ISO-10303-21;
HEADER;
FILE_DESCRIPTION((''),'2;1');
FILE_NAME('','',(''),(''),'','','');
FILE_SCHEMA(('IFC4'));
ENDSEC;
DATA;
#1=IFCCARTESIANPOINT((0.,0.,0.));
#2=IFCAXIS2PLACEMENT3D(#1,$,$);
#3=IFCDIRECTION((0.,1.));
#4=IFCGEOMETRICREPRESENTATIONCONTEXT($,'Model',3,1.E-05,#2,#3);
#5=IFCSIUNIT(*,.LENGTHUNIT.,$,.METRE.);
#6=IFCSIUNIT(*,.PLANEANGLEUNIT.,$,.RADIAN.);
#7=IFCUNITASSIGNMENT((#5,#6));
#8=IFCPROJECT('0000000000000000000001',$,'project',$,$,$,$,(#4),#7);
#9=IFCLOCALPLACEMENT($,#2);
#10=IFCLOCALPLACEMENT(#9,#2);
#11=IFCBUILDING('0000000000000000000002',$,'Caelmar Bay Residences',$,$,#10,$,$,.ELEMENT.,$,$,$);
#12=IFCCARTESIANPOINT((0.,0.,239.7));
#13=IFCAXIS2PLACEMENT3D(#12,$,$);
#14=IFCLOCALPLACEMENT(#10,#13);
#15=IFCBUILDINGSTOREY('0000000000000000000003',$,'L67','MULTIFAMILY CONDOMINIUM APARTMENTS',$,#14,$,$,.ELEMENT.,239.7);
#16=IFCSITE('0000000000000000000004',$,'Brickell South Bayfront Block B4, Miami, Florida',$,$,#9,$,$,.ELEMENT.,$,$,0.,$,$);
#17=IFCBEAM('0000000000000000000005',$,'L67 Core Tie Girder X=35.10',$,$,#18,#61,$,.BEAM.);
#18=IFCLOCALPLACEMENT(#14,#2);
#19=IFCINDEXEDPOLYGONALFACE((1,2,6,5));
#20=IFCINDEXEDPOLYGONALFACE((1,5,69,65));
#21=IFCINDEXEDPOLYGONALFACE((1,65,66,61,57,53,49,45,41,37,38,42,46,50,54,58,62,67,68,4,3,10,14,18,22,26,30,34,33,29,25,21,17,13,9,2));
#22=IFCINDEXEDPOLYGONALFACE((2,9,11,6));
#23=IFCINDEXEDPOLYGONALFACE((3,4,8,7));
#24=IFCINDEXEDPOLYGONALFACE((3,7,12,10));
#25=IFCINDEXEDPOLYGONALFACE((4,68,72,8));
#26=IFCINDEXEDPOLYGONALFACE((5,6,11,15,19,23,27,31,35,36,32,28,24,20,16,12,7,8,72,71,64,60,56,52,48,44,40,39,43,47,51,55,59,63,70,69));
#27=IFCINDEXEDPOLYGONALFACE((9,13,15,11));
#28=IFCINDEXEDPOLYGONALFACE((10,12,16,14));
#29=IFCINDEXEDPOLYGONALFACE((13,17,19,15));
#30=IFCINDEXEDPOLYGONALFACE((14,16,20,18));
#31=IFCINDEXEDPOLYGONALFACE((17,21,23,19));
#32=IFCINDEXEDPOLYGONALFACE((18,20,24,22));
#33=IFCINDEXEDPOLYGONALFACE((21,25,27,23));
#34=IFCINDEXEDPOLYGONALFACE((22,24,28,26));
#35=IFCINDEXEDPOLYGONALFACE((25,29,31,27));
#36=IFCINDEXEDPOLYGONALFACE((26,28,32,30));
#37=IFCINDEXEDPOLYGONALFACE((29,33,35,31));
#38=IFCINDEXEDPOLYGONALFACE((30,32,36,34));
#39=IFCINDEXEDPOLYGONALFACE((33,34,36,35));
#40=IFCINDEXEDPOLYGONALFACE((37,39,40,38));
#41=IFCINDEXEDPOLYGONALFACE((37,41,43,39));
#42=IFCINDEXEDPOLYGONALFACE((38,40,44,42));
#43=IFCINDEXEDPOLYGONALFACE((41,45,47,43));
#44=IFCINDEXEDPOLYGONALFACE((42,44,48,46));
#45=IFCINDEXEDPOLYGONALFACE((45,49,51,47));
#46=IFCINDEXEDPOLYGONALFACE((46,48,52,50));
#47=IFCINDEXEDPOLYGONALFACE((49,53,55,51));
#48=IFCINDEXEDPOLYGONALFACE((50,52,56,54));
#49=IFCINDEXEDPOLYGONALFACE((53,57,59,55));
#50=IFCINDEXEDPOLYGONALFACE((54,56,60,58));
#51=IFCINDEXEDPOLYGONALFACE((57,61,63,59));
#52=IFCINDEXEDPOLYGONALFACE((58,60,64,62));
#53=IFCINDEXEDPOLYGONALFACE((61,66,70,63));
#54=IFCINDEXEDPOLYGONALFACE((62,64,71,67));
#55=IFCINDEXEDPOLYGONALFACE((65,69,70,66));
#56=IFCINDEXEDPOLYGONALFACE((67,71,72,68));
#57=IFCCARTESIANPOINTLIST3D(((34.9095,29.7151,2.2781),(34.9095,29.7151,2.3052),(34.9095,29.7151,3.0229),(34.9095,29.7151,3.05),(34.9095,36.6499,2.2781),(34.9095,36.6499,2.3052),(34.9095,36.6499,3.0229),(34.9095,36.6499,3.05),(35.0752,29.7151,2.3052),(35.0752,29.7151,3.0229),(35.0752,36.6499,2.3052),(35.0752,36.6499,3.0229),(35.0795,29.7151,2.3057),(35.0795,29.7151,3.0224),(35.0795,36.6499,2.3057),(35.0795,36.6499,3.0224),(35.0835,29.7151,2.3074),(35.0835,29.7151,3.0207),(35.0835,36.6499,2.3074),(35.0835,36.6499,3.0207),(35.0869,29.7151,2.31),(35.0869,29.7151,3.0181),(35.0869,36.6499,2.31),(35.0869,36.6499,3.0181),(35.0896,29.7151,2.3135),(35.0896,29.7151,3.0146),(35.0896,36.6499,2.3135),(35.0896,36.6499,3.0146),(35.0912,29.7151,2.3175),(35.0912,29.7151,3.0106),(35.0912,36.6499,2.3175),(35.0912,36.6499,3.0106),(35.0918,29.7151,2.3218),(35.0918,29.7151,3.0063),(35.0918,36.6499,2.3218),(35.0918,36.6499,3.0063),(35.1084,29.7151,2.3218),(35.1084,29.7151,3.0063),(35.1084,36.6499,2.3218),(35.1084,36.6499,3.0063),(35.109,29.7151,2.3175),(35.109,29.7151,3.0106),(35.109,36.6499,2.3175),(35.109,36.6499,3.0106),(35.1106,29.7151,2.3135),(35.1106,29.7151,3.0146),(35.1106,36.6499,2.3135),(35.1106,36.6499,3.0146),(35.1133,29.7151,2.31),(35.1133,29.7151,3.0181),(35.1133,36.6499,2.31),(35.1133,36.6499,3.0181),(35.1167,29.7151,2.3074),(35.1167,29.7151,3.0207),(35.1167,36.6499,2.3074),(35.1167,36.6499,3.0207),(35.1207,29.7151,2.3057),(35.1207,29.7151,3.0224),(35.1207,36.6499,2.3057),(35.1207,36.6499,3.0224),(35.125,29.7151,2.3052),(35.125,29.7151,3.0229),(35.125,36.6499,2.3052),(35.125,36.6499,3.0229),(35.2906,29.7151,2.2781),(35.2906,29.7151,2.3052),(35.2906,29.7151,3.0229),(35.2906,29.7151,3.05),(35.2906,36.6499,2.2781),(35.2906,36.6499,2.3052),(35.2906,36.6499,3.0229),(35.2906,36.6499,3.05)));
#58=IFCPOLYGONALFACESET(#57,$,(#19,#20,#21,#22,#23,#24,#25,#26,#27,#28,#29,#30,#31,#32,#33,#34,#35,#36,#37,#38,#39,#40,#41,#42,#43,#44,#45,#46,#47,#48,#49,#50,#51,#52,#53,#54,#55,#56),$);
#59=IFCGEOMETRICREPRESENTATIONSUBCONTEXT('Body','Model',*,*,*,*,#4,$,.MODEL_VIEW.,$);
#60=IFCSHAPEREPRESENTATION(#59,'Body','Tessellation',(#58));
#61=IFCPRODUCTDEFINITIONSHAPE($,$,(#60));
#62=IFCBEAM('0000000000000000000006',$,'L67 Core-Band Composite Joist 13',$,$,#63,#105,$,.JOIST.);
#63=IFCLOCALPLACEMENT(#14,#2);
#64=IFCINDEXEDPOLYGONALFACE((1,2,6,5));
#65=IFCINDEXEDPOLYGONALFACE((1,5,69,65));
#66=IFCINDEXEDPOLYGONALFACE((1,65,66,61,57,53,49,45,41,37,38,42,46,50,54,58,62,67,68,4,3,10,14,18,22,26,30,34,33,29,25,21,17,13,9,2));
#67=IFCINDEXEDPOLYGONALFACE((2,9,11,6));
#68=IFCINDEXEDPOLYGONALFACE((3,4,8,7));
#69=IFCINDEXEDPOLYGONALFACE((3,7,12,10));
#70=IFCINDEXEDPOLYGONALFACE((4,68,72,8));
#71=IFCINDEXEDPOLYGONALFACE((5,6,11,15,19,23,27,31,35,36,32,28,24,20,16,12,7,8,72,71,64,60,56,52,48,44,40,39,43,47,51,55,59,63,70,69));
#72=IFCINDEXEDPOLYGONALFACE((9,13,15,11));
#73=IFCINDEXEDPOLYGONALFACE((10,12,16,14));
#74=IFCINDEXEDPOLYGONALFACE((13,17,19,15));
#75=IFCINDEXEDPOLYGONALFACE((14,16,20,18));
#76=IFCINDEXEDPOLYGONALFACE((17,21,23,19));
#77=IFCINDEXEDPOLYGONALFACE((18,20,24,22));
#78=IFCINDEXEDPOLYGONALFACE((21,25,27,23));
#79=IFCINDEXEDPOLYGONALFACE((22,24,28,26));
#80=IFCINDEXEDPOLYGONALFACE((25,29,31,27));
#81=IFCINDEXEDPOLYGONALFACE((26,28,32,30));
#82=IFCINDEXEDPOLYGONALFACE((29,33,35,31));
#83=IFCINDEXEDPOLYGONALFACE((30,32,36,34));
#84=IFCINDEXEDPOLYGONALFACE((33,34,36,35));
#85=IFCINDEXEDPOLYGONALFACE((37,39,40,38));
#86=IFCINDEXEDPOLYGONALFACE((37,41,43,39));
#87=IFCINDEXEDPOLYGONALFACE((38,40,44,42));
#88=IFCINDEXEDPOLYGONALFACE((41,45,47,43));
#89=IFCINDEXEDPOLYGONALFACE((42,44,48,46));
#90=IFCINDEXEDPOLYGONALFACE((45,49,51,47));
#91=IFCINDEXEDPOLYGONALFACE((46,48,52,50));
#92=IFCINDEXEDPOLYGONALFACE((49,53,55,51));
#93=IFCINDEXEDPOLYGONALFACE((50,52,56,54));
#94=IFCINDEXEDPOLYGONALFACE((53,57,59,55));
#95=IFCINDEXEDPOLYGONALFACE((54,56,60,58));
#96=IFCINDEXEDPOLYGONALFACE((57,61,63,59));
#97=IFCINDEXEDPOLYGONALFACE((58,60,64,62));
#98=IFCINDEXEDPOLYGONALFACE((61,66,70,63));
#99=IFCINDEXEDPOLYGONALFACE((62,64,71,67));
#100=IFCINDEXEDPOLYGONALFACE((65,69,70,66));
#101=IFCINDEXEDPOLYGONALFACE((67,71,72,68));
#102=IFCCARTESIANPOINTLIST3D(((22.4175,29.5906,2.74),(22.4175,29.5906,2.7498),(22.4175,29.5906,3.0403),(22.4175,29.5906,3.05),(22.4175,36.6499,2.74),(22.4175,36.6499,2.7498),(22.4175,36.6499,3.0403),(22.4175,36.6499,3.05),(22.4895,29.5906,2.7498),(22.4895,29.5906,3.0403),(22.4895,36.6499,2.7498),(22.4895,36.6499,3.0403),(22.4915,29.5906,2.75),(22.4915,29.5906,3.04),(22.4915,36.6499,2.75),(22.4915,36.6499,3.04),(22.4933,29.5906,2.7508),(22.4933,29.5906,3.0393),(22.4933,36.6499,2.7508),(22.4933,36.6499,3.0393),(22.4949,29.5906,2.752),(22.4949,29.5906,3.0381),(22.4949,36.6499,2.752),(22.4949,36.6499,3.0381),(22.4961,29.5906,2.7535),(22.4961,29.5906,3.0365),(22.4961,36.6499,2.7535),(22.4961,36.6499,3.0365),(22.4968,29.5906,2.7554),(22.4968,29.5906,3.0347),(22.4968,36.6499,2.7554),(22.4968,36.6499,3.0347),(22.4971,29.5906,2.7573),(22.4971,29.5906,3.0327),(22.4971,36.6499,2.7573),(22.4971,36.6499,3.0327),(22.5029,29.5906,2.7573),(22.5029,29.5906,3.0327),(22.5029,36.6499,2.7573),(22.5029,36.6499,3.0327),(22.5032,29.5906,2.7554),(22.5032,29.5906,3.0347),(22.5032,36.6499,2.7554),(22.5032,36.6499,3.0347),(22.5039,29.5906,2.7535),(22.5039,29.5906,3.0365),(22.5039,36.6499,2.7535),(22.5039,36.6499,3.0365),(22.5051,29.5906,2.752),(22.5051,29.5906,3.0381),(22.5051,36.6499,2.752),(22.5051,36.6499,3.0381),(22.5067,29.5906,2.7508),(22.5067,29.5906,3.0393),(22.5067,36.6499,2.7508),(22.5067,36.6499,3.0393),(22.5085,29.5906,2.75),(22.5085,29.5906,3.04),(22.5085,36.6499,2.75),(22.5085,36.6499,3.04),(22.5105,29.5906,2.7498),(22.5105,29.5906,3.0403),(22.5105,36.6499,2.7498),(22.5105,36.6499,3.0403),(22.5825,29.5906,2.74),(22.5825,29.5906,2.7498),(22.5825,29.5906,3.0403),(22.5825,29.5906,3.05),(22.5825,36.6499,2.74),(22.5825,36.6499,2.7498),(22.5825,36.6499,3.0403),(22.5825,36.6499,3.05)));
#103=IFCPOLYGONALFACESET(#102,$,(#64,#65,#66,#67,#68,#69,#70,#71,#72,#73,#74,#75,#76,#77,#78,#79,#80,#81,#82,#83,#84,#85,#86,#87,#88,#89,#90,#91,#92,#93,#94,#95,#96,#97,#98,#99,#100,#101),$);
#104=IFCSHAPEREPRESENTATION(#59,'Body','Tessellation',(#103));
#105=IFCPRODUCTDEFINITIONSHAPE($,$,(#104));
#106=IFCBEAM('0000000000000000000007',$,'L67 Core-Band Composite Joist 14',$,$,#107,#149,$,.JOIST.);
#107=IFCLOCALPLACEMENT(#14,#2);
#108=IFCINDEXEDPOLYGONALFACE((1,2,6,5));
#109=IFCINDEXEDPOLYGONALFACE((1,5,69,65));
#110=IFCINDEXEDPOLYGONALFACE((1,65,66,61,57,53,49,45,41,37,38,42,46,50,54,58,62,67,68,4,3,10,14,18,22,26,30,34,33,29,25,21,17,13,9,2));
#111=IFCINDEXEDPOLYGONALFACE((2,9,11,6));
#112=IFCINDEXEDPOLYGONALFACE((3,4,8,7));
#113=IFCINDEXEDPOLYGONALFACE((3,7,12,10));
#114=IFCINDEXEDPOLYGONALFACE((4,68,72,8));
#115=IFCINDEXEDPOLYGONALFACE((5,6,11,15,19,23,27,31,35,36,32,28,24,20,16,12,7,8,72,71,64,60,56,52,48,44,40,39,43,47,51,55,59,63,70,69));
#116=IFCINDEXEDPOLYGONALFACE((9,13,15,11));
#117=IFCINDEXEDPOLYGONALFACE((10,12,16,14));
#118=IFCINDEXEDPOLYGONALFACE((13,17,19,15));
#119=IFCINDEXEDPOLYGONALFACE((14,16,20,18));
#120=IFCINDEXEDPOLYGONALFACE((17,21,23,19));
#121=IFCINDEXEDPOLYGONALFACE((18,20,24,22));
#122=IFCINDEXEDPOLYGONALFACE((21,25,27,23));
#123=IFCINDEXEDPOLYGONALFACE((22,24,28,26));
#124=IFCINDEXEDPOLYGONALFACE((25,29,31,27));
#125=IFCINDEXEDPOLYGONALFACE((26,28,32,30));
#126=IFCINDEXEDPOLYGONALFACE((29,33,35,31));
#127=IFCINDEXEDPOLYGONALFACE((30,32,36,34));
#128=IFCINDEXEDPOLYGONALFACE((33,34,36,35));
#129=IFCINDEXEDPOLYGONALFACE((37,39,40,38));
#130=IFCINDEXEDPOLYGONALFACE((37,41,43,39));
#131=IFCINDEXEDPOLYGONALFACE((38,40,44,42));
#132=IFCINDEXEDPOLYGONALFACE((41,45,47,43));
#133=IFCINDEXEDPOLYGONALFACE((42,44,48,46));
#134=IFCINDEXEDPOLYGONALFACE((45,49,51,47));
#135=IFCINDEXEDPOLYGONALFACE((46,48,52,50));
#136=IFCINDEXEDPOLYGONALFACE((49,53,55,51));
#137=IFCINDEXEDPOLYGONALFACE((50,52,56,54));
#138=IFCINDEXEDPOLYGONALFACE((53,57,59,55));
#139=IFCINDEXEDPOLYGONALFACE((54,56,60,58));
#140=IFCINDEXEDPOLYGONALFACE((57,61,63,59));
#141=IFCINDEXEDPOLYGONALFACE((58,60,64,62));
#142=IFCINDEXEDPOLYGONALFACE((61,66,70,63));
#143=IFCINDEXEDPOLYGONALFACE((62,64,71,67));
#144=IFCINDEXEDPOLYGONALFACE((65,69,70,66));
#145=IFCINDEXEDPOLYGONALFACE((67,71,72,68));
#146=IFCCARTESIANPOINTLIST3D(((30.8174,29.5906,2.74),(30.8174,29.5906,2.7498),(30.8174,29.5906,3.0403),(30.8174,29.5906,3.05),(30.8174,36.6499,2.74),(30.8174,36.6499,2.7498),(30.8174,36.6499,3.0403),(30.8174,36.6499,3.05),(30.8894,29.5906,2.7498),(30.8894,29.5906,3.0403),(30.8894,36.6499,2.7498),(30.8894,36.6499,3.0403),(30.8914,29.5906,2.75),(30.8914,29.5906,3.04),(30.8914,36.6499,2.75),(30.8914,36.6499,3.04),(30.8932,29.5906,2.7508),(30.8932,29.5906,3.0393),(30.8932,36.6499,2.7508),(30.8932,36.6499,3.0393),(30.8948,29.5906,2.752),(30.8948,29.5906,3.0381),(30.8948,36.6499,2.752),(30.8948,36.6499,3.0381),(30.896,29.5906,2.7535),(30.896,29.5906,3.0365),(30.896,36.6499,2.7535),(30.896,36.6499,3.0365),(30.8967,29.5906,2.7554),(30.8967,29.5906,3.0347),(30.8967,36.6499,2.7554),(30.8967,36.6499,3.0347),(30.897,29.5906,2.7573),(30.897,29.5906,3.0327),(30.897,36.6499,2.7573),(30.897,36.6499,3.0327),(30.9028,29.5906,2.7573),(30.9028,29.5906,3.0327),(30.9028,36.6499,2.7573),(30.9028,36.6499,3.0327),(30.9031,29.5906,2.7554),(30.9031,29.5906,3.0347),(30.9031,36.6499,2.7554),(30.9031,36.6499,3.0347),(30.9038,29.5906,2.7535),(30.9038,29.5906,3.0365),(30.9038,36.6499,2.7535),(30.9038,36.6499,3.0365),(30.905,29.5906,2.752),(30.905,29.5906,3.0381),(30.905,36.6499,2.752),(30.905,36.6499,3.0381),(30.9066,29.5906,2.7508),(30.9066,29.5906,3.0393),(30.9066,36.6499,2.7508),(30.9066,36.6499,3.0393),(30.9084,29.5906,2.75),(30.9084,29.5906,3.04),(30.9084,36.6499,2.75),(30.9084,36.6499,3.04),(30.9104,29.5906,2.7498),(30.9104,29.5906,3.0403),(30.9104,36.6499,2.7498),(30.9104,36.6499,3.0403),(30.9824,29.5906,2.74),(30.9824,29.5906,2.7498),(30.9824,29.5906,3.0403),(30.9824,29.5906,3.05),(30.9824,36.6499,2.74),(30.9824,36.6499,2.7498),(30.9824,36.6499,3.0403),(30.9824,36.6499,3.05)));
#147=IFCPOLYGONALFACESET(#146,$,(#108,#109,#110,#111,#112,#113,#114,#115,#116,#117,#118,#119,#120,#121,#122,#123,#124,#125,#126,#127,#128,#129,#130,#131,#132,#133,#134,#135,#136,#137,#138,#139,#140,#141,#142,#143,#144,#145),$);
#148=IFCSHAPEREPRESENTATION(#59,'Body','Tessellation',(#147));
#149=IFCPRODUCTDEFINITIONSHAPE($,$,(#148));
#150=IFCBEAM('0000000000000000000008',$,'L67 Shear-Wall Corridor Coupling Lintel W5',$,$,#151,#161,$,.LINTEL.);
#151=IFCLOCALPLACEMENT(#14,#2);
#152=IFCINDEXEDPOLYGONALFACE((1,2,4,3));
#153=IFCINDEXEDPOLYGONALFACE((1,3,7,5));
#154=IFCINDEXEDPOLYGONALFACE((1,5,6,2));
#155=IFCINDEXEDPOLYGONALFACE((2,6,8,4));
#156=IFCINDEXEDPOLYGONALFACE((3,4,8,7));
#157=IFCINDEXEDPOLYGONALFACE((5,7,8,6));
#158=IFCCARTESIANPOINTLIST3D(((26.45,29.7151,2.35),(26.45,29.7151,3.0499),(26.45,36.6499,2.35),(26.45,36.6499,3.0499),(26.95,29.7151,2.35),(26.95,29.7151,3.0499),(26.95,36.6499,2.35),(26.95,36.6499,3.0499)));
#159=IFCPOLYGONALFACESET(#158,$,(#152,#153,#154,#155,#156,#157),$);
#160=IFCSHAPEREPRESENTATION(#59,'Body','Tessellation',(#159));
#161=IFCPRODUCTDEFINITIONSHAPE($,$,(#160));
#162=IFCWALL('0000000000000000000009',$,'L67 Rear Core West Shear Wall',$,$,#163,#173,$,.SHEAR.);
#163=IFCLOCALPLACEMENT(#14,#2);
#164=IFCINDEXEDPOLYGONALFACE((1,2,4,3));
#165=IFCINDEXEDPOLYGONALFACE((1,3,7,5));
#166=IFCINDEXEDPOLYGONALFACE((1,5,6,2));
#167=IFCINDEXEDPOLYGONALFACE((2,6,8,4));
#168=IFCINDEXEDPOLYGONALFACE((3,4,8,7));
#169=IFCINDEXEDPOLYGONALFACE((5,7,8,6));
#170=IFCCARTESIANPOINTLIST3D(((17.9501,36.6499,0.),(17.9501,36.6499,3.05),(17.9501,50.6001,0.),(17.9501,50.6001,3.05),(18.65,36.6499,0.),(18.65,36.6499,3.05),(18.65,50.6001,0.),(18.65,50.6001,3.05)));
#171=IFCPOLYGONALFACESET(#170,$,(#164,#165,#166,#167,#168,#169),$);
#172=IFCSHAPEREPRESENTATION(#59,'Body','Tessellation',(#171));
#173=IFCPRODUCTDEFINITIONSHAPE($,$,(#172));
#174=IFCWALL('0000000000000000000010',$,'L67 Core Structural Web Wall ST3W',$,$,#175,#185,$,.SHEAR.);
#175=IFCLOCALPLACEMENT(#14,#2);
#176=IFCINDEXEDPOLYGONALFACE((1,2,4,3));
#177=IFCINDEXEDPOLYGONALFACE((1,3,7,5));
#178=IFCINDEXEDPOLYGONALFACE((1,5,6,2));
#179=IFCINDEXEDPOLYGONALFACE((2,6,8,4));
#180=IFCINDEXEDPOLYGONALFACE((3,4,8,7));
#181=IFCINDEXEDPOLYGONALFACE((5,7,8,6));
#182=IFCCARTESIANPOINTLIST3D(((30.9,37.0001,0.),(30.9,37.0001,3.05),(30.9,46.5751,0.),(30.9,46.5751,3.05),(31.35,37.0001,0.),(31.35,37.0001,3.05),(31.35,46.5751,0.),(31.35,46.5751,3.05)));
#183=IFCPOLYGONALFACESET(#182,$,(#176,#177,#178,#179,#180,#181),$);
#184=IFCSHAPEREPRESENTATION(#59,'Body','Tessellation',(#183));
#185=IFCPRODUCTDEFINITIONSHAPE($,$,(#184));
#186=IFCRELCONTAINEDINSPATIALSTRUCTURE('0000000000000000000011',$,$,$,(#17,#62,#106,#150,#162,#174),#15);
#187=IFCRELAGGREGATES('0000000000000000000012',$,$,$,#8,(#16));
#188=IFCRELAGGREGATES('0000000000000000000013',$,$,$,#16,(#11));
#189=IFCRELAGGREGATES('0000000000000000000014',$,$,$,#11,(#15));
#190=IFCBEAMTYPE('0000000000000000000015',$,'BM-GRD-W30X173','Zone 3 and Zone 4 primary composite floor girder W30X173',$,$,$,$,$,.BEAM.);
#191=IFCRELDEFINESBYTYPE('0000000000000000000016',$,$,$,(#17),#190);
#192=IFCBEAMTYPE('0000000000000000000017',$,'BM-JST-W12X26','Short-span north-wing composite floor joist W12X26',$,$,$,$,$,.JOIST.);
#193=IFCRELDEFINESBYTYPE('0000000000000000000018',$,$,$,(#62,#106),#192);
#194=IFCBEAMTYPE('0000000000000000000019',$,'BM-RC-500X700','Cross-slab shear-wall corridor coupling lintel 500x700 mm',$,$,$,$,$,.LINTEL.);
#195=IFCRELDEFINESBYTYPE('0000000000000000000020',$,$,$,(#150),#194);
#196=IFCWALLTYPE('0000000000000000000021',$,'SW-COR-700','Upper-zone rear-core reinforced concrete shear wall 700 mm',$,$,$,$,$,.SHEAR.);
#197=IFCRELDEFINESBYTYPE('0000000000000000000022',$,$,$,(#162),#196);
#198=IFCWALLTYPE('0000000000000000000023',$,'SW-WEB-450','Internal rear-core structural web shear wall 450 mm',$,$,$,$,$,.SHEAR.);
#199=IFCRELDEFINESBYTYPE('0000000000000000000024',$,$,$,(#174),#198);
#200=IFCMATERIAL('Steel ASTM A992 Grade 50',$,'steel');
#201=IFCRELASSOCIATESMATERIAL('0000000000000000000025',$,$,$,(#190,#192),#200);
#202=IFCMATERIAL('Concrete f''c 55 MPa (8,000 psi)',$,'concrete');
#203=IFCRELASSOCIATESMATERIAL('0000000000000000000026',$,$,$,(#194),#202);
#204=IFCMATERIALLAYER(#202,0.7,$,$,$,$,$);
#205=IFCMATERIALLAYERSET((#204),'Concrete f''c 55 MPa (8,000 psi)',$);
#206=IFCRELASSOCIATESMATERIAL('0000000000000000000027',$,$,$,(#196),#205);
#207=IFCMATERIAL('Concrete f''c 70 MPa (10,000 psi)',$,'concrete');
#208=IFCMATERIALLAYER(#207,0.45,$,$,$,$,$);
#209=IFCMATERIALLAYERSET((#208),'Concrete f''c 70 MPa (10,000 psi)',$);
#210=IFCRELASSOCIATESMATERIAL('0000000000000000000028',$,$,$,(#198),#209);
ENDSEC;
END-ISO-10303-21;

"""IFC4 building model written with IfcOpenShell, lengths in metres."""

from ifc_helpers import new_model, si_unit, direction, frame, frame_2d, origin, origin_2d, place, context, subcontext, project, spatial, rectangle, i_section, extrude, material, layer, layer_set, material_profile, profile_set, type_object, element, save


model = new_model("IFC4")

# Units and contexts
model_context = context("Model", 3, precision=1e-05, world=origin(), true_north=direction((0.0, 1.0)))
body_context = subcontext(model_context, "Body", "Model", "MODEL_VIEW")
ifc_project = project(units=[si_unit("LENGTHUNIT", "METRE"), si_unit("PLANEANGLEUNIT", "RADIAN")], contexts=[model_context])

# Site, building, storey
site_placement = place(None, origin())
site = spatial("IfcSite", under=ifc_project, at=site_placement, Name="Brickell South Bayfront Block B4, Miami, Florida", CompositionType="ELEMENT", RefElevation=0.0)
building_placement = place(site_placement, origin())
building = spatial("IfcBuilding", under=site, at=building_placement, Name="Caelmar Bay Residences", CompositionType="ELEMENT")
storey_placement = place(building_placement, frame((0.0, 0.0, 239.7)))
storey = spatial("IfcBuildingStorey", under=building, at=storey_placement, Name="L67", Description="MULTIFAMILY CONDOMINIUM APARTMENTS", CompositionType="ELEMENT", Elevation=239.7)

# Shared definitions
ifc_material_1 = material(Name="Concrete f'c 55 MPa (8,000 psi)", Category="concrete")

# Beams
ifc_material_2 = material(Name="Steel ASTM A992 Grade 50", Category="steel")
ifc_material_profile_1 = material_profile(ifc_material_2, i_section(OverallWidth=0.3811, OverallDepth=0.772, WebThickness=0.0166, FlangeThickness=0.0271, FilletRadius=0.0166, at=origin_2d()), Name="W30X173")
ifc_profile_set_1 = profile_set([ifc_material_profile_1], Name="Steel ASTM A992 Grade 50")
beam_type_1 = type_object("IfcBeamType", Name="BM-GRD-W30X173", Description="Zone 3 and Zone 4 primary composite floor girder W30X173", PredefinedType="BEAM", material=ifc_profile_set_1)
for number, where, z_axis, x_axis, name in (
    (1, (35.1001, 29.7151, 2.6641), (0.0, 1.0, 0.0), (-1.0, 0.0, 0.0), "L67 Core Tie Girder X=35.10"),
):
    element("IfcBeam", number, at=place(storey_placement, frame(where, z_axis=z_axis, x_axis=x_axis)), inside=storey, type_object=beam_type_1, Name=name, PredefinedType="BEAM", context=body_context, shape_type="SweptSolid", body=[
        extrude(i_section(OverallWidth=0.3811, OverallDepth=0.772, WebThickness=0.0166, FlangeThickness=0.0271, FilletRadius=0.0166, at=origin_2d()), origin(), (0.0, 0.0, 1.0), 6.9348),
    ])
ifc_material_profile_2 = material_profile(ifc_material_2, i_section(OverallWidth=0.165, OverallDepth=0.3101, WebThickness=0.0059, FlangeThickness=0.0098, FilletRadius=0.0076, at=origin_2d()), Name="W12X26")
ifc_profile_set_2 = profile_set([ifc_material_profile_2], Name="Steel ASTM A992 Grade 50")
beam_type_2 = type_object("IfcBeamType", Name="BM-JST-W12X26", Description="Short-span north-wing composite floor joist W12X26", PredefinedType="JOIST", material=ifc_profile_set_2)
for number, where, z_axis, x_axis, name in (
    (2, (22.5, 29.5906, 2.895), (0.0, 1.0, 0.0), (-1.0, 0.0, 0.0), "L67 Core-Band Composite Joist 13"),
    (3, (30.8999, 29.5906, 2.895), (0.0, 1.0, 0.0), (-1.0, 0.0, 0.0), "L67 Core-Band Composite Joist 14"),
):
    element("IfcBeam", number, at=place(storey_placement, frame(where, z_axis=z_axis, x_axis=x_axis)), inside=storey, type_object=beam_type_2, Name=name, PredefinedType="JOIST", context=body_context, shape_type="SweptSolid", body=[
        extrude(i_section(OverallWidth=0.165, OverallDepth=0.3101, WebThickness=0.0059, FlangeThickness=0.0098, FilletRadius=0.0076, at=origin_2d()), origin(), (0.0, 0.0, 1.0), 7.0593),
    ])
ifc_material_profile_3 = material_profile(ifc_material_1, rectangle(XDim=0.5, YDim=0.7, at=origin_2d()), Name="RC-BM-500X700")
ifc_profile_set_3 = profile_set([ifc_material_profile_3], Name="Concrete f'c 55 MPa (8,000 psi)")
beam_type_3 = type_object("IfcBeamType", Name="BM-RC-500X700", Description="Cross-slab shear-wall corridor coupling lintel 500x700 mm", PredefinedType="LINTEL", material=ifc_profile_set_3)
beam_1_placement = place(storey_placement, frame((26.7, 29.7151, 2.7), z_axis=(0.0, 1.0, 0.0), x_axis=(-1.0, 0.0, 0.0)))
element("IfcBeam", 4, at=beam_1_placement, inside=storey, type_object=beam_type_3, Name="L67 Shear-Wall Corridor Coupling Lintel W5", PredefinedType="LINTEL", context=body_context, shape_type="SweptSolid", body=[
    extrude(rectangle(XDim=0.5, YDim=0.7, at=origin_2d()), origin(), (0.0, 0.0, 1.0), 6.9348),
])

# Wall
ifc_layer_1 = layer(ifc_material_1, 0.7)
ifc_layer_set_1 = layer_set([ifc_layer_1], Name="Concrete f'c 55 MPa (8,000 psi)")
wall_type_1 = type_object("IfcWallType", Name="SW-COR-700", Description="Upper-zone rear-core reinforced concrete shear wall 700 mm", PredefinedType="SHEAR", material=ifc_layer_set_1)
wall_1_placement = place(storey_placement, frame((18.3, 36.6499, 0.0), z_axis=(0.0, 0.0, 1.0), x_axis=(0.0, 1.0, 0.0)))
element("IfcWall", 5, at=wall_1_placement, inside=storey, type_object=wall_type_1, Name="L67 Rear Core West Shear Wall", PredefinedType="SHEAR", context=body_context, shape_type="SweptSolid", body=[
    extrude(rectangle(XDim=13.9502, YDim=0.7, at=frame_2d((6.9751, 0.0))), origin(), (0.0, 0.0, 1.0), 3.05),
])

# Wall
ifc_material_3 = material(Name="Concrete f'c 70 MPa (10,000 psi)", Category="concrete")
ifc_layer_2 = layer(ifc_material_3, 0.45)
ifc_layer_set_2 = layer_set([ifc_layer_2], Name="Concrete f'c 70 MPa (10,000 psi)")
wall_type_2 = type_object("IfcWallType", Name="SW-WEB-450", Description="Internal rear-core structural web shear wall 450 mm", PredefinedType="SHEAR", material=ifc_layer_set_2)
wall_2_placement = place(storey_placement, frame((31.125, 37.0, 0.0), z_axis=(0.0, 0.0, 1.0), x_axis=(0.0, 1.0, 0.0)))
element("IfcWall", 6, at=wall_2_placement, inside=storey, type_object=wall_type_2, Name="L67 Core Structural Web Wall ST3W", PredefinedType="SHEAR", context=body_context, shape_type="SweptSolid", body=[
    extrude(rectangle(XDim=9.575, YDim=0.45, at=frame_2d((4.7876, 0.0))), origin(), (0.0, 0.0, 1.0), 3.05),
])

save(model, "model.ifc")
